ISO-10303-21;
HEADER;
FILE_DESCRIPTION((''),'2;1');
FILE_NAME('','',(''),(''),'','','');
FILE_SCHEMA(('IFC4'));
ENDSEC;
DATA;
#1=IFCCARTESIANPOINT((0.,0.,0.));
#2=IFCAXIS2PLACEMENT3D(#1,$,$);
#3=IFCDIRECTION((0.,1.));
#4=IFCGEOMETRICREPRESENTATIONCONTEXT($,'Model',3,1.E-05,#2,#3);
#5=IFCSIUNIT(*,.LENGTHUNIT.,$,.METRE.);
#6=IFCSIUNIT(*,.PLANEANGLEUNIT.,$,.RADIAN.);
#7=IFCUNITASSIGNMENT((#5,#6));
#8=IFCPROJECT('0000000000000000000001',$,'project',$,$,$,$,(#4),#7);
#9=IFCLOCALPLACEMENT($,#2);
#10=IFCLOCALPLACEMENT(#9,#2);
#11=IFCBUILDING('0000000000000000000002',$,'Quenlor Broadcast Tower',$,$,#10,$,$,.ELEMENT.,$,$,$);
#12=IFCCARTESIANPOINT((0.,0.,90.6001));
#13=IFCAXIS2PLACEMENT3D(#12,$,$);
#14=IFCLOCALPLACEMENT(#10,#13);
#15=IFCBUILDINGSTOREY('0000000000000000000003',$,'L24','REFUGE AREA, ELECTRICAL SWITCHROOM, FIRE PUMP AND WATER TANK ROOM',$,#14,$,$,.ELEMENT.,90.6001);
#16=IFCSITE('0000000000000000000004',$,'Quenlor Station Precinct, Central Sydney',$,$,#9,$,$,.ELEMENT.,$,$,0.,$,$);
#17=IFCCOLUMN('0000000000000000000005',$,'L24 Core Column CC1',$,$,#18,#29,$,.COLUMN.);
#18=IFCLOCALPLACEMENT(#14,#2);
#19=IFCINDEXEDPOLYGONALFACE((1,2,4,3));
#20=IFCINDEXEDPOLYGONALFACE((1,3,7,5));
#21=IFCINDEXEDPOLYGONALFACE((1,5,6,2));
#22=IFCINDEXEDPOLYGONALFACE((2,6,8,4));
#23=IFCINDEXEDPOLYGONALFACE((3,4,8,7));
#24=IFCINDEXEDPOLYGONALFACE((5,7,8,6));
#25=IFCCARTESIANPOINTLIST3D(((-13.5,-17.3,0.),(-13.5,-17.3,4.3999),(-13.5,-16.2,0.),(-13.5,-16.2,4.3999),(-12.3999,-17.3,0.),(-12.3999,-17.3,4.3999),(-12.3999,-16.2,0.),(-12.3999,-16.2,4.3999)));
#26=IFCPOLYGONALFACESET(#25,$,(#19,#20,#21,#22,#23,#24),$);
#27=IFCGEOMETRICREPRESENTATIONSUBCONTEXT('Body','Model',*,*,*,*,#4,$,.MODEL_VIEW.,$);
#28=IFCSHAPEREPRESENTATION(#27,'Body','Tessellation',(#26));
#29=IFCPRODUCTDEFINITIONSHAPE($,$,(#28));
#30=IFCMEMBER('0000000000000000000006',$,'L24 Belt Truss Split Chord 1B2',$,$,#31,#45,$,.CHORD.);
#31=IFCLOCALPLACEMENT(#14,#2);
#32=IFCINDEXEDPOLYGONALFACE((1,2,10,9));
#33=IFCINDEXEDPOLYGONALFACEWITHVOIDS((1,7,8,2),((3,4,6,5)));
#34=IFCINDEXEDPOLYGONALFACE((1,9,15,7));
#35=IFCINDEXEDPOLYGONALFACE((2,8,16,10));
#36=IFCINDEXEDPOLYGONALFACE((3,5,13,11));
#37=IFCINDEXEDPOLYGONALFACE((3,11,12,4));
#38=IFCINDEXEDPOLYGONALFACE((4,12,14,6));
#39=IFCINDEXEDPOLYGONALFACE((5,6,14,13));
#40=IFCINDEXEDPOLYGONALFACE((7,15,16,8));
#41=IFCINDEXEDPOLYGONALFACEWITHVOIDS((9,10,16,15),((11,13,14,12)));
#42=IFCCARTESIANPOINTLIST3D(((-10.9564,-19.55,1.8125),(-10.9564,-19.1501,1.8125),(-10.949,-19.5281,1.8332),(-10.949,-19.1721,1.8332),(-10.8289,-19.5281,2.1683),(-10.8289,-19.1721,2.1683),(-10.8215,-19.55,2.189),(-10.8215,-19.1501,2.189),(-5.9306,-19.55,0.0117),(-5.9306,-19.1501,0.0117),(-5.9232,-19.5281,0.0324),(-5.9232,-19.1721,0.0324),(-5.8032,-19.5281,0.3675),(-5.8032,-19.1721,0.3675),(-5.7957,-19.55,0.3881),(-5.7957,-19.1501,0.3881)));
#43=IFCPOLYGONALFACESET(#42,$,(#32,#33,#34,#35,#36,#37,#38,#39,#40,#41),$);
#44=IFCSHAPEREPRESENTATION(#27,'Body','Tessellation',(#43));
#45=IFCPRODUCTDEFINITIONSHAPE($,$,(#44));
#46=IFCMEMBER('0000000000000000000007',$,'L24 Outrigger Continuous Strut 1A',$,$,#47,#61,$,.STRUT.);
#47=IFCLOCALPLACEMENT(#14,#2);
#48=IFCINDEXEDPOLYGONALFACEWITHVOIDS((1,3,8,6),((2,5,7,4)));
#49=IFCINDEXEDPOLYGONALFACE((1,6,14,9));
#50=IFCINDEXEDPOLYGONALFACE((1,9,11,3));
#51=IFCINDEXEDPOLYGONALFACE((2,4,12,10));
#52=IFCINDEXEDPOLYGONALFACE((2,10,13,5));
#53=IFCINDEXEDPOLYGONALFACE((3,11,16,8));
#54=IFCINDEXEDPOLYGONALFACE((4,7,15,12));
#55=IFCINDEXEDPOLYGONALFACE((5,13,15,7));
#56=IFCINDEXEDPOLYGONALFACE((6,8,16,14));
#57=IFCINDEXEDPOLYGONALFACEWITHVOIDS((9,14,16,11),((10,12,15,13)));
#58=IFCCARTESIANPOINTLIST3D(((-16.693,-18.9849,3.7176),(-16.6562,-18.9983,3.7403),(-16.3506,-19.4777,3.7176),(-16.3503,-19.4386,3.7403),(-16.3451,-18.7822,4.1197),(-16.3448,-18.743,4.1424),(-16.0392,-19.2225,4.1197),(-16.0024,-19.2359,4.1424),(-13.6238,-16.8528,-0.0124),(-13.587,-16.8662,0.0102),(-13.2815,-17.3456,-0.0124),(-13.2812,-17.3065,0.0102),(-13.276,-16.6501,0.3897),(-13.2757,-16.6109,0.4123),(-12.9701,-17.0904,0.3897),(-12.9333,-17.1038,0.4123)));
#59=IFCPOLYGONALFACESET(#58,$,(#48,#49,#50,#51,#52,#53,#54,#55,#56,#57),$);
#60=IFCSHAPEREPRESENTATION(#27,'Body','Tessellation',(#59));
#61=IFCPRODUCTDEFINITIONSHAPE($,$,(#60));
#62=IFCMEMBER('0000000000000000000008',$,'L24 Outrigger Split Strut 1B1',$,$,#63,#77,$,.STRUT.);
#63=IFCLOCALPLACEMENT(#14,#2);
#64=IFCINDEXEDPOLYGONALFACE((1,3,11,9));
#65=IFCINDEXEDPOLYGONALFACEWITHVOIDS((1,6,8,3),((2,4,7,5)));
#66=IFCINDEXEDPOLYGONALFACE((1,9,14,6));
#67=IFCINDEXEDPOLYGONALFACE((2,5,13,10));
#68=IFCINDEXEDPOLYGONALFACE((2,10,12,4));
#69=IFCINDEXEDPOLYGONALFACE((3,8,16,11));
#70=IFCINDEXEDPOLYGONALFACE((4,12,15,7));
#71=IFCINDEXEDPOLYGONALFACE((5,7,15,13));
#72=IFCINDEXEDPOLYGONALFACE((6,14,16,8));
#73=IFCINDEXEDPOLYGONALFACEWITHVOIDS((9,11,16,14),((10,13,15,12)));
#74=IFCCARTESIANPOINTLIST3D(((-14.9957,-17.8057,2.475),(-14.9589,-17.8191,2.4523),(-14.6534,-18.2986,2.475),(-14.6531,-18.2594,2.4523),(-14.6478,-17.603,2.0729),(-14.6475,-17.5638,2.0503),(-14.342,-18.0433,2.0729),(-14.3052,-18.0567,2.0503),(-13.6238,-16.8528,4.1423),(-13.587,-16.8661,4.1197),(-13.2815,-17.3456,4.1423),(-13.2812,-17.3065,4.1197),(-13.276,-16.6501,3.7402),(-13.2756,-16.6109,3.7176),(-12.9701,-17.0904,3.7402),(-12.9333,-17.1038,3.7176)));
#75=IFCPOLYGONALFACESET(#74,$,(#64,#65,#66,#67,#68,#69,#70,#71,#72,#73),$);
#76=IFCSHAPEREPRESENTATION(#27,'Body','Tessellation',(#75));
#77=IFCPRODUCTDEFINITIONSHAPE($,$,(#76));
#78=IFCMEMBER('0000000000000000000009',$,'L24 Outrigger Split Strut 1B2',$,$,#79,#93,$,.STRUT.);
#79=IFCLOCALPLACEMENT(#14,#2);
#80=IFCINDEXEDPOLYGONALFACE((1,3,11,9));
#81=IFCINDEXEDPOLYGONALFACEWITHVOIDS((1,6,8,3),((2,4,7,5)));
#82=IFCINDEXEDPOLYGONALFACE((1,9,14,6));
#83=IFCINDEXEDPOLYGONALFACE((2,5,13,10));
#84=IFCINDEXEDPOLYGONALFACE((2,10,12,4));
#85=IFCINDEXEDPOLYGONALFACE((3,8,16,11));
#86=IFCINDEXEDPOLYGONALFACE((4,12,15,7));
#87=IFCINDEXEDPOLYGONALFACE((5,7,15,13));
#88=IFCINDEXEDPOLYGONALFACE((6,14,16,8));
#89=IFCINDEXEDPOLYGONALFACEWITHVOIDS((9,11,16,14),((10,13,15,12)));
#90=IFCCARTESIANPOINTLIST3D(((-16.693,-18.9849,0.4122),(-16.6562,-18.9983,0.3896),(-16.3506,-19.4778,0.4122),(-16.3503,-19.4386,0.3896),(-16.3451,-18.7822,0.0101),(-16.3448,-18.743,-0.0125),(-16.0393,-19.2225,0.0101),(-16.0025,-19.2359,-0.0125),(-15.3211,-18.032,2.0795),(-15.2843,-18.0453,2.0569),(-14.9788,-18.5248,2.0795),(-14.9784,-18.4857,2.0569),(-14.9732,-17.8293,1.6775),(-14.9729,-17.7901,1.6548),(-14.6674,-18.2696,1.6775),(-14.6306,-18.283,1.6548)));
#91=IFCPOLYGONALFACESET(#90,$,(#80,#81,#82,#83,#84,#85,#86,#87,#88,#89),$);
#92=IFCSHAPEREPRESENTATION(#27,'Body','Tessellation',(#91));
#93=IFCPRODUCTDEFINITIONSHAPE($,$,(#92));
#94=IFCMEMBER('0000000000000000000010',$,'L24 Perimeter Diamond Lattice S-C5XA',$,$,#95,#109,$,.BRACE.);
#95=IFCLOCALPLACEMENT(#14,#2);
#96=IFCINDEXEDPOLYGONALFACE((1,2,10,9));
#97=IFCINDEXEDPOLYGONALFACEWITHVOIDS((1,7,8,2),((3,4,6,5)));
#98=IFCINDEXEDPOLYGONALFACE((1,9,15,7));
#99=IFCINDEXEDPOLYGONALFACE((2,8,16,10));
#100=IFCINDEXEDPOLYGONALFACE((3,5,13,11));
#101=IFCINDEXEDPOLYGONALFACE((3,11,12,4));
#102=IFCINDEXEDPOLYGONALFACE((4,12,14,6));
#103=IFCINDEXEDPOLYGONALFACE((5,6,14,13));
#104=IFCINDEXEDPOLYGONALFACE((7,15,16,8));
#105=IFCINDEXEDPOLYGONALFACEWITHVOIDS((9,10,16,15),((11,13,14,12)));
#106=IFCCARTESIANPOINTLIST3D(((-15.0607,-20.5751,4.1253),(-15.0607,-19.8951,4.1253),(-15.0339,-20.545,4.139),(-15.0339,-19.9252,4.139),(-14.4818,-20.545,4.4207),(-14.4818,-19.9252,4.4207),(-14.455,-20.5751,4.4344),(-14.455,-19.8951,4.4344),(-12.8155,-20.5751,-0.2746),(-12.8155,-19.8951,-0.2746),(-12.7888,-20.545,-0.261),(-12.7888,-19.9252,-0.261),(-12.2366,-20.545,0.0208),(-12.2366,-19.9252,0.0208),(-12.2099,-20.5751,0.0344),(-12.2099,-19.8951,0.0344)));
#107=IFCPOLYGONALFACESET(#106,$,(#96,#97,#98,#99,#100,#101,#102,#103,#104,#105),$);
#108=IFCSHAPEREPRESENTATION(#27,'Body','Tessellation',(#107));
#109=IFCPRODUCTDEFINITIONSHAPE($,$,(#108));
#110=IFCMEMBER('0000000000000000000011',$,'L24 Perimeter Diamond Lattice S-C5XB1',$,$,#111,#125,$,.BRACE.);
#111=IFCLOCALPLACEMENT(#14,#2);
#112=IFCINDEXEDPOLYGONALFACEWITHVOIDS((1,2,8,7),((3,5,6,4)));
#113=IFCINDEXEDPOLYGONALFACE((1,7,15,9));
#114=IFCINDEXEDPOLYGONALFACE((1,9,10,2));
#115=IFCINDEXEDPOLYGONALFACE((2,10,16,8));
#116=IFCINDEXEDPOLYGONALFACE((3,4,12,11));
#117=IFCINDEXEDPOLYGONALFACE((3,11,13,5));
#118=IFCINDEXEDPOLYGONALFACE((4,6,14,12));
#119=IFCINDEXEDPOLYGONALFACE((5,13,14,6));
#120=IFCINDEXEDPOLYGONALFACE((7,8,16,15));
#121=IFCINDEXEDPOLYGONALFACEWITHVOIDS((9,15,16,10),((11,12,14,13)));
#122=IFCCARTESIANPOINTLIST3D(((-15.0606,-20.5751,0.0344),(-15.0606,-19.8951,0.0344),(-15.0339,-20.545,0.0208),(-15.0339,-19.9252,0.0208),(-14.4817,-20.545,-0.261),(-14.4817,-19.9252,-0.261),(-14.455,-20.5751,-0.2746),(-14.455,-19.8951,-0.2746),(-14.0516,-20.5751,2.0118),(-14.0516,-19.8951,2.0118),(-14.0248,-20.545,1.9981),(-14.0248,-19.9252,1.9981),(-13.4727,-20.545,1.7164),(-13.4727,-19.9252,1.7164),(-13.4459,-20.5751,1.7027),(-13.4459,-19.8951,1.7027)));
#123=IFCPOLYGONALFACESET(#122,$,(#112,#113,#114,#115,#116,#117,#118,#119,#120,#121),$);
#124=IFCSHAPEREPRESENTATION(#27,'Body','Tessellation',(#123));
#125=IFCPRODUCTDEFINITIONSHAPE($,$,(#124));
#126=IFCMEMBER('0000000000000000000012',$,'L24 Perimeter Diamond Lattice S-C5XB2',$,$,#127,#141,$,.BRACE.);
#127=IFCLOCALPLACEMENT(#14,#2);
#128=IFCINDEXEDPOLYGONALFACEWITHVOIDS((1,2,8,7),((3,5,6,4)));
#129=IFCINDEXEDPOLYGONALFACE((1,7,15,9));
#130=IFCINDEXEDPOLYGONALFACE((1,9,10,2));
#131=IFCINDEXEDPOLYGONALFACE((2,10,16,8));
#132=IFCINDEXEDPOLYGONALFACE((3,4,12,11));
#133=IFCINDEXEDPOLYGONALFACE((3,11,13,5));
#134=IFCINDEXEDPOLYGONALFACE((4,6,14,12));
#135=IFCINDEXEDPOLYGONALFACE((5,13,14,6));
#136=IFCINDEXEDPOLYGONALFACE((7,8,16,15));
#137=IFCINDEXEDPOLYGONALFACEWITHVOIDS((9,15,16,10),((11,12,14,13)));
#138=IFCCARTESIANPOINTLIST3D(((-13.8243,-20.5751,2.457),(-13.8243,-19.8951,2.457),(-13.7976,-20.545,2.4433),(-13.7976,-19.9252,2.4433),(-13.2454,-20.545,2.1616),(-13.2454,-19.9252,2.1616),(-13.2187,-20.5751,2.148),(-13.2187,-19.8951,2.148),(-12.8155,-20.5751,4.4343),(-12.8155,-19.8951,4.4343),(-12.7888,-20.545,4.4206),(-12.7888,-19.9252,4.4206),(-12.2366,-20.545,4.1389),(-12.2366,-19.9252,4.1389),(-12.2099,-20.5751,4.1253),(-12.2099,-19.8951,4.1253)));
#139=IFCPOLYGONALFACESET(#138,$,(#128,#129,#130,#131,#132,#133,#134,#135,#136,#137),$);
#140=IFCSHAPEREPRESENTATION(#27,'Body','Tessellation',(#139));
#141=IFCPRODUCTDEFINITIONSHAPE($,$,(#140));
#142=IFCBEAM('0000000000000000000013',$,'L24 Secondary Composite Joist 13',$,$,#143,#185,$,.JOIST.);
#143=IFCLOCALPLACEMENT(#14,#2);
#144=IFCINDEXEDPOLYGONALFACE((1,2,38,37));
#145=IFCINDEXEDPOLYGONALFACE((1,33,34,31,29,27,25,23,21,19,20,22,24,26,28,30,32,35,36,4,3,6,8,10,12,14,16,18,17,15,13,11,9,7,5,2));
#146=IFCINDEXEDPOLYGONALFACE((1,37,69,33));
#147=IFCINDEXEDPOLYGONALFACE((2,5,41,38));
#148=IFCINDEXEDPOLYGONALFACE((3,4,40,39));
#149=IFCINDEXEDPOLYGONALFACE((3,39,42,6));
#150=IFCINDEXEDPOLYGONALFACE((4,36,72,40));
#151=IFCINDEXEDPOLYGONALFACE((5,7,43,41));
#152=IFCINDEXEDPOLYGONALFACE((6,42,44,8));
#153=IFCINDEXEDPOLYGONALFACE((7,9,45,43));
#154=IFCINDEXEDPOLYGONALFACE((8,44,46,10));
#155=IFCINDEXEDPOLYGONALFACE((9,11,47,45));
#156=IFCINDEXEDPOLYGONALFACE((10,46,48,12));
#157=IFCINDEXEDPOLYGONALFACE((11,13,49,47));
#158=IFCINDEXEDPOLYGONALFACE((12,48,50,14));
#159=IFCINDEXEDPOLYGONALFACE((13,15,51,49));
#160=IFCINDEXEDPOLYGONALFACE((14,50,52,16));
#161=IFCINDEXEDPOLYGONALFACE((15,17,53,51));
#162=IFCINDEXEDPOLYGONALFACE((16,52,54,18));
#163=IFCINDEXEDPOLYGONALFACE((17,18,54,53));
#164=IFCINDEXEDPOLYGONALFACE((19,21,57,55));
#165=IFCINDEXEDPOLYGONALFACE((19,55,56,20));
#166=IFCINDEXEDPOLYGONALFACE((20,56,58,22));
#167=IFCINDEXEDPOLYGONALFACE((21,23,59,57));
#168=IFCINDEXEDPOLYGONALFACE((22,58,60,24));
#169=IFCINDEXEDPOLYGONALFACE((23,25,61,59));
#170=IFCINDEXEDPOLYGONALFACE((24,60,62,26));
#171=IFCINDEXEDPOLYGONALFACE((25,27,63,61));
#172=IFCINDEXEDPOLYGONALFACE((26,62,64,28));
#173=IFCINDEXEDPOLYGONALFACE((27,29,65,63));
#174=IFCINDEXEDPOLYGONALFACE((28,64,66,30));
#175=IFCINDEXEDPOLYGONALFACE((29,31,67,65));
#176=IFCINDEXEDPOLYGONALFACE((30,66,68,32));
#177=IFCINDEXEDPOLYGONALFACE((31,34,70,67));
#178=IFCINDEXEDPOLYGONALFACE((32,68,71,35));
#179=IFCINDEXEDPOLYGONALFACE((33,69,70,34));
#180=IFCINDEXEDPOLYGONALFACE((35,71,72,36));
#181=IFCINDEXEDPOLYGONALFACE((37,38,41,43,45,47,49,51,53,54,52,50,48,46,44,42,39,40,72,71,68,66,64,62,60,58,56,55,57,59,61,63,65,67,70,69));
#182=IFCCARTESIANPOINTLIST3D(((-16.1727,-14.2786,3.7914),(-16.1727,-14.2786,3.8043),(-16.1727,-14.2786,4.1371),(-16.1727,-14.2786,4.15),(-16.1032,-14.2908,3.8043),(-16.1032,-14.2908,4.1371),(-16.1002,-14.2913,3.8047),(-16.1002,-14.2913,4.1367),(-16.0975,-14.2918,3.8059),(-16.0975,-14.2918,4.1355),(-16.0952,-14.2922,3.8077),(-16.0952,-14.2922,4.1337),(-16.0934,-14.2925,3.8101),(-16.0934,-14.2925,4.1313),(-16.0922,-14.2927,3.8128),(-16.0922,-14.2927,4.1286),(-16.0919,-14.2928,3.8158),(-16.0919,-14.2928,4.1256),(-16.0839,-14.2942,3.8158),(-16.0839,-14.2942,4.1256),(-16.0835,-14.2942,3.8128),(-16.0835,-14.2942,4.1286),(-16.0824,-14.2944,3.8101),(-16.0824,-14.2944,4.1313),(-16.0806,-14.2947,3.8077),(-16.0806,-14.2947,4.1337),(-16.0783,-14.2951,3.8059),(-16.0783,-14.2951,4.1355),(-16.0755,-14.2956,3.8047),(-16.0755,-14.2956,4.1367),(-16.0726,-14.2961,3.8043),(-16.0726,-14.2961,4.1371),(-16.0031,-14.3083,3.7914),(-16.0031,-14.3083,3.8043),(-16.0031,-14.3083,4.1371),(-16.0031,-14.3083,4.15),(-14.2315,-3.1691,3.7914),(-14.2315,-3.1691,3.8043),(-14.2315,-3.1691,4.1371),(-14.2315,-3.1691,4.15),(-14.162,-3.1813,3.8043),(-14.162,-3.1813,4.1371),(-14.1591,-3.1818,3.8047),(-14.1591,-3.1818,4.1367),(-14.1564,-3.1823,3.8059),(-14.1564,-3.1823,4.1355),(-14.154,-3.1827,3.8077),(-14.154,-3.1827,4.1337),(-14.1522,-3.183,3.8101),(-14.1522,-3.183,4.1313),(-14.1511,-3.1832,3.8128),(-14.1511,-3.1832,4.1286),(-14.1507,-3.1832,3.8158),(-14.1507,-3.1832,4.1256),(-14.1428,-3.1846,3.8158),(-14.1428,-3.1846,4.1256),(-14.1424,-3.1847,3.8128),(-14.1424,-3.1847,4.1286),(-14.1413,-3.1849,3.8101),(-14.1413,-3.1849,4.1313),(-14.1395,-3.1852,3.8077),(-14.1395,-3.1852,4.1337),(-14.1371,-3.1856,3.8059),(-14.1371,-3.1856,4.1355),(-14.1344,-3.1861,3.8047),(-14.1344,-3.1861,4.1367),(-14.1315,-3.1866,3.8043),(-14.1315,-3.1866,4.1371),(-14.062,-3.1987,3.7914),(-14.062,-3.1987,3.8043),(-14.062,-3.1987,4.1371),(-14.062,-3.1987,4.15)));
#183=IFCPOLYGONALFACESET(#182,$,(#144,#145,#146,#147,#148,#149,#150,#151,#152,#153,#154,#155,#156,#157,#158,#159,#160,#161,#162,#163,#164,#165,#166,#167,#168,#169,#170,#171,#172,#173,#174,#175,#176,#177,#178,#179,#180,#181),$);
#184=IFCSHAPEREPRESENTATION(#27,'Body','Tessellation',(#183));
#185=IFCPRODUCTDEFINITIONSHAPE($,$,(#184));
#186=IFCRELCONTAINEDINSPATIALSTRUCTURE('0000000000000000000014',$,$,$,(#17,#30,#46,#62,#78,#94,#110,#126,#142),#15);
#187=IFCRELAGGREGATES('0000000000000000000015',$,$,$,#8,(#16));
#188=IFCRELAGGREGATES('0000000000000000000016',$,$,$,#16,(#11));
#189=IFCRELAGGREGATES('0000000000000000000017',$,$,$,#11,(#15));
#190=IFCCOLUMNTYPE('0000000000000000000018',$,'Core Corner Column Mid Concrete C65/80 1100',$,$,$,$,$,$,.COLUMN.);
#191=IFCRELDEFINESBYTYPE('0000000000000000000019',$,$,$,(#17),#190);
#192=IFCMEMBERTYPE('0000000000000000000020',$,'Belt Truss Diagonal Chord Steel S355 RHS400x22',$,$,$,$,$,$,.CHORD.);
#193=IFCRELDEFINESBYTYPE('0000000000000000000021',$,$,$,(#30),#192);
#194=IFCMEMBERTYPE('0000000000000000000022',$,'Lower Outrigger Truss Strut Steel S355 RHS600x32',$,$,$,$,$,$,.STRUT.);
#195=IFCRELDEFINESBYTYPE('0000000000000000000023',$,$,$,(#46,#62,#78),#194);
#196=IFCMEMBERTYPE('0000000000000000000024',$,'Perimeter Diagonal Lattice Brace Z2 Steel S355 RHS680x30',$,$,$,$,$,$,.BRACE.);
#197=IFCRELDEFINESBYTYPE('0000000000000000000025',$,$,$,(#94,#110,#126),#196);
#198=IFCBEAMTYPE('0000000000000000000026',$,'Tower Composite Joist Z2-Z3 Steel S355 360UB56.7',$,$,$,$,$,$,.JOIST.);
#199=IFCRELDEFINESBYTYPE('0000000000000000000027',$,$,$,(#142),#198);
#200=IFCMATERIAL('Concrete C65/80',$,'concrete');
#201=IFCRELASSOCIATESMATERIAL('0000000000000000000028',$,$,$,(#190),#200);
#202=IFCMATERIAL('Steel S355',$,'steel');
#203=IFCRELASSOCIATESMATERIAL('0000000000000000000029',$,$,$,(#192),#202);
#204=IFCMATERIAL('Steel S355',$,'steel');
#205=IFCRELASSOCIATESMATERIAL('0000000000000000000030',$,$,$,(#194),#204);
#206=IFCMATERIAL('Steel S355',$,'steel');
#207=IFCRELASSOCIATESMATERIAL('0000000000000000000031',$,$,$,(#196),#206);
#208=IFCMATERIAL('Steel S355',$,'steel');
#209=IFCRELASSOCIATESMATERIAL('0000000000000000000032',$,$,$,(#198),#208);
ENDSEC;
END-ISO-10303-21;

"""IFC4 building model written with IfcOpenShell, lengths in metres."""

from ifc_helpers import new_model, si_unit, direction, frame, origin, origin_2d, place, context, subcontext, project, spatial, rectangle, hollow_rectangle, i_section, extrude, material, material_profile, profile_set, type_object, element, save


model = new_model("IFC4")

# Units and contexts
model_context = context("Model", 3, precision=1e-05, world=origin(), true_north=direction((0.0, 1.0)))
body_context = subcontext(model_context, "Body", "Model", "MODEL_VIEW")
ifc_project = project(units=[si_unit("LENGTHUNIT", "METRE"), si_unit("PLANEANGLEUNIT", "RADIAN")], contexts=[model_context])

# Site, building, storey
site_placement = place(None, origin())
site = spatial("IfcSite", under=ifc_project, at=site_placement, Name="Quenlor Station Precinct, Central Sydney", CompositionType="ELEMENT", RefElevation=0.0)
building_placement = place(site_placement, origin())
building = spatial("IfcBuilding", under=site, at=building_placement, Name="Quenlor Broadcast Tower", CompositionType="ELEMENT")
storey_placement = place(building_placement, frame((0.0, 0.0, 90.6001)))
storey = spatial("IfcBuildingStorey", under=building, at=storey_placement, Name="L24", Description="REFUGE AREA, ELECTRICAL SWITCHROOM, FIRE PUMP AND WATER TANK ROOM", CompositionType="ELEMENT", Elevation=90.6001)

# Column
ifc_material_1 = material(Name="Concrete C65/80", Category="concrete")
ifc_material_profile_1 = material_profile(ifc_material_1, rectangle(XDim=1.1001, YDim=1.1001, at=origin_2d()))
ifc_profile_set_1 = profile_set([ifc_material_profile_1], Name="Concrete C65/80 RC1100x1100")
column_type = type_object("IfcColumnType", Name="Core Corner Column Mid Concrete C65/80 1100", PredefinedType="COLUMN", material=ifc_profile_set_1)
column_placement = place(storey_placement, frame((-12.95, -16.75, 0.0), z_axis=(0.0, 0.0, 1.0), x_axis=(1.0, 0.0, 0.0)))
element("IfcColumn", 1, at=column_placement, inside=storey, type_object=column_type, Name="L24 Core Column CC1", PredefinedType="COLUMN", context=body_context, shape_type="SweptSolid", body=[
    extrude(rectangle(XDim=1.1001, YDim=1.1001, at=origin_2d()), origin(), (0.0, 0.0, 1.0), 4.3999),
])

# Members
ifc_material_2 = material(Name="Steel S355", Category="steel")
ifc_material_profile_2 = material_profile(ifc_material_2, hollow_rectangle(XDim=0.3999, YDim=0.3999, WallThickness=0.022, at=origin_2d()))
ifc_profile_set_2 = profile_set([ifc_material_profile_2], Name="Steel S355 RHS400x400x22")
member_type_1 = type_object("IfcMemberType", Name="Belt Truss Diagonal Chord Steel S355 RHS400x22", PredefinedType="CHORD", material=ifc_profile_set_2)
member_1_placement = place(storey_placement, frame((-10.8889, -19.3501, 2.0007), z_axis=(0.941391, 0.0, -0.337318), x_axis=(0.0, 1.0, 0.0)))
element("IfcMember", 2, at=member_1_placement, inside=storey, type_object=member_type_1, Name="L24 Belt Truss Split Chord 1B2", PredefinedType="CHORD", context=body_context, shape_type="SweptSolid", body=[
    extrude(hollow_rectangle(XDim=0.3999, YDim=0.3999, WallThickness=0.022, at=origin_2d()), origin(), (0.0, 0.0, 1.0), 5.3386),
])
ifc_material_3 = material(Name="Steel S355", Category="steel")
ifc_material_profile_3 = material_profile(ifc_material_3, hollow_rectangle(XDim=0.6001, YDim=0.6001, WallThickness=0.032, at=origin_2d()))
ifc_profile_set_3 = profile_set([ifc_material_profile_3], Name="Steel S355 RHS600x600x32")
member_type_2 = type_object("IfcMemberType", Name="Lower Outrigger Truss Strut Steel S355 RHS600x32", PredefinedType="STRUT", material=ifc_profile_set_3)
member_2_placement = place(storey_placement, frame((-13.2786, -16.9783, 0.2), z_axis=(-0.581273, -0.403807, 0.706443), x_axis=(0.570534, -0.821274, 0.0)))
element("IfcMember", 3, at=member_2_placement, inside=storey, type_object=member_type_2, Name="L24 Outrigger Continuous Strut 1A", PredefinedType="STRUT", context=body_context, shape_type="SweptSolid", body=[
    extrude(hollow_rectangle(XDim=0.6001, YDim=0.6001, WallThickness=0.032, at=origin_2d()), origin(), (0.0, 0.0, 1.0), 5.28),
])
for number, where, z_axis, x_axis, name in (
    (4, (-13.2786, -16.9783, 3.9299), (-0.581284, -0.403764, -0.706458), (0.570486, -0.821307, 0.0), "L24 Outrigger Split Strut 1B1"),
    (5, (-14.9758, -18.1575, 1.8672), (-0.581284, -0.403764, -0.706458), (0.570486, -0.821307, 0.0), "L24 Outrigger Split Strut 1B2"),
):
    element("IfcMember", number, at=place(storey_placement, frame(where, z_axis=z_axis, x_axis=x_axis)), inside=storey, type_object=member_type_2, Name=name, PredefinedType="STRUT", context=body_context, shape_type="SweptSolid", body=[
        extrude(hollow_rectangle(XDim=0.6001, YDim=0.6001, WallThickness=0.032, at=origin_2d()), origin(), (0.0, 0.0, 1.0), 2.3601),
    ])
ifc_material_4 = material(Name="Steel S355", Category="steel")
ifc_material_profile_4 = material_profile(ifc_material_4, hollow_rectangle(XDim=0.6799, YDim=0.6799, WallThickness=0.03, at=origin_2d()))
ifc_profile_set_4 = profile_set([ifc_material_profile_4], Name="Steel S355 RHS680x680x30")
member_type_3 = type_object("IfcMemberType", Name="Perimeter Diagonal Lattice Brace Z2 Steel S355 RHS680x30", PredefinedType="BRACE", material=ifc_profile_set_4)
member_3_placement = place(storey_placement, frame((-12.5127, -20.2351, -0.1201), z_axis=(-0.454514, 0.0, 0.89074), x_axis=(0.0, -1.0, 0.0)))
element("IfcMember", 6, at=member_3_placement, inside=storey, type_object=member_type_3, Name="L24 Perimeter Diamond Lattice S-C5XA", PredefinedType="BRACE", context=body_context, shape_type="SweptSolid", body=[
    extrude(hollow_rectangle(XDim=0.6799, YDim=0.6799, WallThickness=0.03, at=origin_2d()), origin(), (0.0, 0.0, 1.0), 4.9397),
])
member_4_placement = place(storey_placement, frame((-14.7578, -20.2351, -0.1201), z_axis=(0.454545, 0.0, 0.890724), x_axis=(0.0, 1.0, 0.0)))
element("IfcMember", 7, at=member_4_placement, inside=storey, type_object=member_type_3, Name="L24 Perimeter Diamond Lattice S-C5XB1", PredefinedType="BRACE", context=body_context, shape_type="SweptSolid", body=[
    extrude(hollow_rectangle(XDim=0.6799, YDim=0.6799, WallThickness=0.03, at=origin_2d()), origin(), (0.0, 0.0, 1.0), 2.22),
])
member_5_placement = place(storey_placement, frame((-13.5215, -20.2351, 2.3025), z_axis=(0.454458, 0.0, 0.890768), x_axis=(0.0, 1.0, 0.0)))
element("IfcMember", 8, at=member_5_placement, inside=storey, type_object=member_type_3, Name="L24 Perimeter Diamond Lattice S-C5XB2", PredefinedType="BRACE", context=body_context, shape_type="SweptSolid", body=[
    extrude(hollow_rectangle(XDim=0.6799, YDim=0.6799, WallThickness=0.03, at=origin_2d()), origin(), (0.0, 0.0, 1.0), 2.2197),
])

# Beam
ifc_material_5 = material(Name="Steel S355", Category="steel")
ifc_material_profile_5 = material_profile(ifc_material_5, i_section(OverallWidth=0.1721, OverallDepth=0.3586, WebThickness=0.0081, FlangeThickness=0.0129, FilletRadius=0.0115, at=origin_2d()))
ifc_profile_set_5 = profile_set([ifc_material_profile_5], Name="Steel S355 360UB56.7")
beam_type = type_object("IfcBeamType", Name="Tower Composite Joist Z2-Z3 Steel S355 360UB56.7", PredefinedType="JOIST", material=ifc_profile_set_5)
beam_1_placement = place(storey_placement, frame((-16.0879, -14.2935, 3.9707), z_axis=(0.17212, 0.985076, 0.0), x_axis=(-0.985076, 0.17212, 0.0)))
element("IfcBeam", 9, at=beam_1_placement, inside=storey, type_object=beam_type, Name="L24 Secondary Composite Joist 13", PredefinedType="JOIST", context=body_context, shape_type="SweptSolid", body=[
    extrude(i_section(OverallWidth=0.1721, OverallDepth=0.3586, WebThickness=0.0081, FlangeThickness=0.0129, FilletRadius=0.0115, at=origin_2d()), origin(), (0.0, 0.0, 1.0), 11.2778),
])

save(model, "model.ifc")
